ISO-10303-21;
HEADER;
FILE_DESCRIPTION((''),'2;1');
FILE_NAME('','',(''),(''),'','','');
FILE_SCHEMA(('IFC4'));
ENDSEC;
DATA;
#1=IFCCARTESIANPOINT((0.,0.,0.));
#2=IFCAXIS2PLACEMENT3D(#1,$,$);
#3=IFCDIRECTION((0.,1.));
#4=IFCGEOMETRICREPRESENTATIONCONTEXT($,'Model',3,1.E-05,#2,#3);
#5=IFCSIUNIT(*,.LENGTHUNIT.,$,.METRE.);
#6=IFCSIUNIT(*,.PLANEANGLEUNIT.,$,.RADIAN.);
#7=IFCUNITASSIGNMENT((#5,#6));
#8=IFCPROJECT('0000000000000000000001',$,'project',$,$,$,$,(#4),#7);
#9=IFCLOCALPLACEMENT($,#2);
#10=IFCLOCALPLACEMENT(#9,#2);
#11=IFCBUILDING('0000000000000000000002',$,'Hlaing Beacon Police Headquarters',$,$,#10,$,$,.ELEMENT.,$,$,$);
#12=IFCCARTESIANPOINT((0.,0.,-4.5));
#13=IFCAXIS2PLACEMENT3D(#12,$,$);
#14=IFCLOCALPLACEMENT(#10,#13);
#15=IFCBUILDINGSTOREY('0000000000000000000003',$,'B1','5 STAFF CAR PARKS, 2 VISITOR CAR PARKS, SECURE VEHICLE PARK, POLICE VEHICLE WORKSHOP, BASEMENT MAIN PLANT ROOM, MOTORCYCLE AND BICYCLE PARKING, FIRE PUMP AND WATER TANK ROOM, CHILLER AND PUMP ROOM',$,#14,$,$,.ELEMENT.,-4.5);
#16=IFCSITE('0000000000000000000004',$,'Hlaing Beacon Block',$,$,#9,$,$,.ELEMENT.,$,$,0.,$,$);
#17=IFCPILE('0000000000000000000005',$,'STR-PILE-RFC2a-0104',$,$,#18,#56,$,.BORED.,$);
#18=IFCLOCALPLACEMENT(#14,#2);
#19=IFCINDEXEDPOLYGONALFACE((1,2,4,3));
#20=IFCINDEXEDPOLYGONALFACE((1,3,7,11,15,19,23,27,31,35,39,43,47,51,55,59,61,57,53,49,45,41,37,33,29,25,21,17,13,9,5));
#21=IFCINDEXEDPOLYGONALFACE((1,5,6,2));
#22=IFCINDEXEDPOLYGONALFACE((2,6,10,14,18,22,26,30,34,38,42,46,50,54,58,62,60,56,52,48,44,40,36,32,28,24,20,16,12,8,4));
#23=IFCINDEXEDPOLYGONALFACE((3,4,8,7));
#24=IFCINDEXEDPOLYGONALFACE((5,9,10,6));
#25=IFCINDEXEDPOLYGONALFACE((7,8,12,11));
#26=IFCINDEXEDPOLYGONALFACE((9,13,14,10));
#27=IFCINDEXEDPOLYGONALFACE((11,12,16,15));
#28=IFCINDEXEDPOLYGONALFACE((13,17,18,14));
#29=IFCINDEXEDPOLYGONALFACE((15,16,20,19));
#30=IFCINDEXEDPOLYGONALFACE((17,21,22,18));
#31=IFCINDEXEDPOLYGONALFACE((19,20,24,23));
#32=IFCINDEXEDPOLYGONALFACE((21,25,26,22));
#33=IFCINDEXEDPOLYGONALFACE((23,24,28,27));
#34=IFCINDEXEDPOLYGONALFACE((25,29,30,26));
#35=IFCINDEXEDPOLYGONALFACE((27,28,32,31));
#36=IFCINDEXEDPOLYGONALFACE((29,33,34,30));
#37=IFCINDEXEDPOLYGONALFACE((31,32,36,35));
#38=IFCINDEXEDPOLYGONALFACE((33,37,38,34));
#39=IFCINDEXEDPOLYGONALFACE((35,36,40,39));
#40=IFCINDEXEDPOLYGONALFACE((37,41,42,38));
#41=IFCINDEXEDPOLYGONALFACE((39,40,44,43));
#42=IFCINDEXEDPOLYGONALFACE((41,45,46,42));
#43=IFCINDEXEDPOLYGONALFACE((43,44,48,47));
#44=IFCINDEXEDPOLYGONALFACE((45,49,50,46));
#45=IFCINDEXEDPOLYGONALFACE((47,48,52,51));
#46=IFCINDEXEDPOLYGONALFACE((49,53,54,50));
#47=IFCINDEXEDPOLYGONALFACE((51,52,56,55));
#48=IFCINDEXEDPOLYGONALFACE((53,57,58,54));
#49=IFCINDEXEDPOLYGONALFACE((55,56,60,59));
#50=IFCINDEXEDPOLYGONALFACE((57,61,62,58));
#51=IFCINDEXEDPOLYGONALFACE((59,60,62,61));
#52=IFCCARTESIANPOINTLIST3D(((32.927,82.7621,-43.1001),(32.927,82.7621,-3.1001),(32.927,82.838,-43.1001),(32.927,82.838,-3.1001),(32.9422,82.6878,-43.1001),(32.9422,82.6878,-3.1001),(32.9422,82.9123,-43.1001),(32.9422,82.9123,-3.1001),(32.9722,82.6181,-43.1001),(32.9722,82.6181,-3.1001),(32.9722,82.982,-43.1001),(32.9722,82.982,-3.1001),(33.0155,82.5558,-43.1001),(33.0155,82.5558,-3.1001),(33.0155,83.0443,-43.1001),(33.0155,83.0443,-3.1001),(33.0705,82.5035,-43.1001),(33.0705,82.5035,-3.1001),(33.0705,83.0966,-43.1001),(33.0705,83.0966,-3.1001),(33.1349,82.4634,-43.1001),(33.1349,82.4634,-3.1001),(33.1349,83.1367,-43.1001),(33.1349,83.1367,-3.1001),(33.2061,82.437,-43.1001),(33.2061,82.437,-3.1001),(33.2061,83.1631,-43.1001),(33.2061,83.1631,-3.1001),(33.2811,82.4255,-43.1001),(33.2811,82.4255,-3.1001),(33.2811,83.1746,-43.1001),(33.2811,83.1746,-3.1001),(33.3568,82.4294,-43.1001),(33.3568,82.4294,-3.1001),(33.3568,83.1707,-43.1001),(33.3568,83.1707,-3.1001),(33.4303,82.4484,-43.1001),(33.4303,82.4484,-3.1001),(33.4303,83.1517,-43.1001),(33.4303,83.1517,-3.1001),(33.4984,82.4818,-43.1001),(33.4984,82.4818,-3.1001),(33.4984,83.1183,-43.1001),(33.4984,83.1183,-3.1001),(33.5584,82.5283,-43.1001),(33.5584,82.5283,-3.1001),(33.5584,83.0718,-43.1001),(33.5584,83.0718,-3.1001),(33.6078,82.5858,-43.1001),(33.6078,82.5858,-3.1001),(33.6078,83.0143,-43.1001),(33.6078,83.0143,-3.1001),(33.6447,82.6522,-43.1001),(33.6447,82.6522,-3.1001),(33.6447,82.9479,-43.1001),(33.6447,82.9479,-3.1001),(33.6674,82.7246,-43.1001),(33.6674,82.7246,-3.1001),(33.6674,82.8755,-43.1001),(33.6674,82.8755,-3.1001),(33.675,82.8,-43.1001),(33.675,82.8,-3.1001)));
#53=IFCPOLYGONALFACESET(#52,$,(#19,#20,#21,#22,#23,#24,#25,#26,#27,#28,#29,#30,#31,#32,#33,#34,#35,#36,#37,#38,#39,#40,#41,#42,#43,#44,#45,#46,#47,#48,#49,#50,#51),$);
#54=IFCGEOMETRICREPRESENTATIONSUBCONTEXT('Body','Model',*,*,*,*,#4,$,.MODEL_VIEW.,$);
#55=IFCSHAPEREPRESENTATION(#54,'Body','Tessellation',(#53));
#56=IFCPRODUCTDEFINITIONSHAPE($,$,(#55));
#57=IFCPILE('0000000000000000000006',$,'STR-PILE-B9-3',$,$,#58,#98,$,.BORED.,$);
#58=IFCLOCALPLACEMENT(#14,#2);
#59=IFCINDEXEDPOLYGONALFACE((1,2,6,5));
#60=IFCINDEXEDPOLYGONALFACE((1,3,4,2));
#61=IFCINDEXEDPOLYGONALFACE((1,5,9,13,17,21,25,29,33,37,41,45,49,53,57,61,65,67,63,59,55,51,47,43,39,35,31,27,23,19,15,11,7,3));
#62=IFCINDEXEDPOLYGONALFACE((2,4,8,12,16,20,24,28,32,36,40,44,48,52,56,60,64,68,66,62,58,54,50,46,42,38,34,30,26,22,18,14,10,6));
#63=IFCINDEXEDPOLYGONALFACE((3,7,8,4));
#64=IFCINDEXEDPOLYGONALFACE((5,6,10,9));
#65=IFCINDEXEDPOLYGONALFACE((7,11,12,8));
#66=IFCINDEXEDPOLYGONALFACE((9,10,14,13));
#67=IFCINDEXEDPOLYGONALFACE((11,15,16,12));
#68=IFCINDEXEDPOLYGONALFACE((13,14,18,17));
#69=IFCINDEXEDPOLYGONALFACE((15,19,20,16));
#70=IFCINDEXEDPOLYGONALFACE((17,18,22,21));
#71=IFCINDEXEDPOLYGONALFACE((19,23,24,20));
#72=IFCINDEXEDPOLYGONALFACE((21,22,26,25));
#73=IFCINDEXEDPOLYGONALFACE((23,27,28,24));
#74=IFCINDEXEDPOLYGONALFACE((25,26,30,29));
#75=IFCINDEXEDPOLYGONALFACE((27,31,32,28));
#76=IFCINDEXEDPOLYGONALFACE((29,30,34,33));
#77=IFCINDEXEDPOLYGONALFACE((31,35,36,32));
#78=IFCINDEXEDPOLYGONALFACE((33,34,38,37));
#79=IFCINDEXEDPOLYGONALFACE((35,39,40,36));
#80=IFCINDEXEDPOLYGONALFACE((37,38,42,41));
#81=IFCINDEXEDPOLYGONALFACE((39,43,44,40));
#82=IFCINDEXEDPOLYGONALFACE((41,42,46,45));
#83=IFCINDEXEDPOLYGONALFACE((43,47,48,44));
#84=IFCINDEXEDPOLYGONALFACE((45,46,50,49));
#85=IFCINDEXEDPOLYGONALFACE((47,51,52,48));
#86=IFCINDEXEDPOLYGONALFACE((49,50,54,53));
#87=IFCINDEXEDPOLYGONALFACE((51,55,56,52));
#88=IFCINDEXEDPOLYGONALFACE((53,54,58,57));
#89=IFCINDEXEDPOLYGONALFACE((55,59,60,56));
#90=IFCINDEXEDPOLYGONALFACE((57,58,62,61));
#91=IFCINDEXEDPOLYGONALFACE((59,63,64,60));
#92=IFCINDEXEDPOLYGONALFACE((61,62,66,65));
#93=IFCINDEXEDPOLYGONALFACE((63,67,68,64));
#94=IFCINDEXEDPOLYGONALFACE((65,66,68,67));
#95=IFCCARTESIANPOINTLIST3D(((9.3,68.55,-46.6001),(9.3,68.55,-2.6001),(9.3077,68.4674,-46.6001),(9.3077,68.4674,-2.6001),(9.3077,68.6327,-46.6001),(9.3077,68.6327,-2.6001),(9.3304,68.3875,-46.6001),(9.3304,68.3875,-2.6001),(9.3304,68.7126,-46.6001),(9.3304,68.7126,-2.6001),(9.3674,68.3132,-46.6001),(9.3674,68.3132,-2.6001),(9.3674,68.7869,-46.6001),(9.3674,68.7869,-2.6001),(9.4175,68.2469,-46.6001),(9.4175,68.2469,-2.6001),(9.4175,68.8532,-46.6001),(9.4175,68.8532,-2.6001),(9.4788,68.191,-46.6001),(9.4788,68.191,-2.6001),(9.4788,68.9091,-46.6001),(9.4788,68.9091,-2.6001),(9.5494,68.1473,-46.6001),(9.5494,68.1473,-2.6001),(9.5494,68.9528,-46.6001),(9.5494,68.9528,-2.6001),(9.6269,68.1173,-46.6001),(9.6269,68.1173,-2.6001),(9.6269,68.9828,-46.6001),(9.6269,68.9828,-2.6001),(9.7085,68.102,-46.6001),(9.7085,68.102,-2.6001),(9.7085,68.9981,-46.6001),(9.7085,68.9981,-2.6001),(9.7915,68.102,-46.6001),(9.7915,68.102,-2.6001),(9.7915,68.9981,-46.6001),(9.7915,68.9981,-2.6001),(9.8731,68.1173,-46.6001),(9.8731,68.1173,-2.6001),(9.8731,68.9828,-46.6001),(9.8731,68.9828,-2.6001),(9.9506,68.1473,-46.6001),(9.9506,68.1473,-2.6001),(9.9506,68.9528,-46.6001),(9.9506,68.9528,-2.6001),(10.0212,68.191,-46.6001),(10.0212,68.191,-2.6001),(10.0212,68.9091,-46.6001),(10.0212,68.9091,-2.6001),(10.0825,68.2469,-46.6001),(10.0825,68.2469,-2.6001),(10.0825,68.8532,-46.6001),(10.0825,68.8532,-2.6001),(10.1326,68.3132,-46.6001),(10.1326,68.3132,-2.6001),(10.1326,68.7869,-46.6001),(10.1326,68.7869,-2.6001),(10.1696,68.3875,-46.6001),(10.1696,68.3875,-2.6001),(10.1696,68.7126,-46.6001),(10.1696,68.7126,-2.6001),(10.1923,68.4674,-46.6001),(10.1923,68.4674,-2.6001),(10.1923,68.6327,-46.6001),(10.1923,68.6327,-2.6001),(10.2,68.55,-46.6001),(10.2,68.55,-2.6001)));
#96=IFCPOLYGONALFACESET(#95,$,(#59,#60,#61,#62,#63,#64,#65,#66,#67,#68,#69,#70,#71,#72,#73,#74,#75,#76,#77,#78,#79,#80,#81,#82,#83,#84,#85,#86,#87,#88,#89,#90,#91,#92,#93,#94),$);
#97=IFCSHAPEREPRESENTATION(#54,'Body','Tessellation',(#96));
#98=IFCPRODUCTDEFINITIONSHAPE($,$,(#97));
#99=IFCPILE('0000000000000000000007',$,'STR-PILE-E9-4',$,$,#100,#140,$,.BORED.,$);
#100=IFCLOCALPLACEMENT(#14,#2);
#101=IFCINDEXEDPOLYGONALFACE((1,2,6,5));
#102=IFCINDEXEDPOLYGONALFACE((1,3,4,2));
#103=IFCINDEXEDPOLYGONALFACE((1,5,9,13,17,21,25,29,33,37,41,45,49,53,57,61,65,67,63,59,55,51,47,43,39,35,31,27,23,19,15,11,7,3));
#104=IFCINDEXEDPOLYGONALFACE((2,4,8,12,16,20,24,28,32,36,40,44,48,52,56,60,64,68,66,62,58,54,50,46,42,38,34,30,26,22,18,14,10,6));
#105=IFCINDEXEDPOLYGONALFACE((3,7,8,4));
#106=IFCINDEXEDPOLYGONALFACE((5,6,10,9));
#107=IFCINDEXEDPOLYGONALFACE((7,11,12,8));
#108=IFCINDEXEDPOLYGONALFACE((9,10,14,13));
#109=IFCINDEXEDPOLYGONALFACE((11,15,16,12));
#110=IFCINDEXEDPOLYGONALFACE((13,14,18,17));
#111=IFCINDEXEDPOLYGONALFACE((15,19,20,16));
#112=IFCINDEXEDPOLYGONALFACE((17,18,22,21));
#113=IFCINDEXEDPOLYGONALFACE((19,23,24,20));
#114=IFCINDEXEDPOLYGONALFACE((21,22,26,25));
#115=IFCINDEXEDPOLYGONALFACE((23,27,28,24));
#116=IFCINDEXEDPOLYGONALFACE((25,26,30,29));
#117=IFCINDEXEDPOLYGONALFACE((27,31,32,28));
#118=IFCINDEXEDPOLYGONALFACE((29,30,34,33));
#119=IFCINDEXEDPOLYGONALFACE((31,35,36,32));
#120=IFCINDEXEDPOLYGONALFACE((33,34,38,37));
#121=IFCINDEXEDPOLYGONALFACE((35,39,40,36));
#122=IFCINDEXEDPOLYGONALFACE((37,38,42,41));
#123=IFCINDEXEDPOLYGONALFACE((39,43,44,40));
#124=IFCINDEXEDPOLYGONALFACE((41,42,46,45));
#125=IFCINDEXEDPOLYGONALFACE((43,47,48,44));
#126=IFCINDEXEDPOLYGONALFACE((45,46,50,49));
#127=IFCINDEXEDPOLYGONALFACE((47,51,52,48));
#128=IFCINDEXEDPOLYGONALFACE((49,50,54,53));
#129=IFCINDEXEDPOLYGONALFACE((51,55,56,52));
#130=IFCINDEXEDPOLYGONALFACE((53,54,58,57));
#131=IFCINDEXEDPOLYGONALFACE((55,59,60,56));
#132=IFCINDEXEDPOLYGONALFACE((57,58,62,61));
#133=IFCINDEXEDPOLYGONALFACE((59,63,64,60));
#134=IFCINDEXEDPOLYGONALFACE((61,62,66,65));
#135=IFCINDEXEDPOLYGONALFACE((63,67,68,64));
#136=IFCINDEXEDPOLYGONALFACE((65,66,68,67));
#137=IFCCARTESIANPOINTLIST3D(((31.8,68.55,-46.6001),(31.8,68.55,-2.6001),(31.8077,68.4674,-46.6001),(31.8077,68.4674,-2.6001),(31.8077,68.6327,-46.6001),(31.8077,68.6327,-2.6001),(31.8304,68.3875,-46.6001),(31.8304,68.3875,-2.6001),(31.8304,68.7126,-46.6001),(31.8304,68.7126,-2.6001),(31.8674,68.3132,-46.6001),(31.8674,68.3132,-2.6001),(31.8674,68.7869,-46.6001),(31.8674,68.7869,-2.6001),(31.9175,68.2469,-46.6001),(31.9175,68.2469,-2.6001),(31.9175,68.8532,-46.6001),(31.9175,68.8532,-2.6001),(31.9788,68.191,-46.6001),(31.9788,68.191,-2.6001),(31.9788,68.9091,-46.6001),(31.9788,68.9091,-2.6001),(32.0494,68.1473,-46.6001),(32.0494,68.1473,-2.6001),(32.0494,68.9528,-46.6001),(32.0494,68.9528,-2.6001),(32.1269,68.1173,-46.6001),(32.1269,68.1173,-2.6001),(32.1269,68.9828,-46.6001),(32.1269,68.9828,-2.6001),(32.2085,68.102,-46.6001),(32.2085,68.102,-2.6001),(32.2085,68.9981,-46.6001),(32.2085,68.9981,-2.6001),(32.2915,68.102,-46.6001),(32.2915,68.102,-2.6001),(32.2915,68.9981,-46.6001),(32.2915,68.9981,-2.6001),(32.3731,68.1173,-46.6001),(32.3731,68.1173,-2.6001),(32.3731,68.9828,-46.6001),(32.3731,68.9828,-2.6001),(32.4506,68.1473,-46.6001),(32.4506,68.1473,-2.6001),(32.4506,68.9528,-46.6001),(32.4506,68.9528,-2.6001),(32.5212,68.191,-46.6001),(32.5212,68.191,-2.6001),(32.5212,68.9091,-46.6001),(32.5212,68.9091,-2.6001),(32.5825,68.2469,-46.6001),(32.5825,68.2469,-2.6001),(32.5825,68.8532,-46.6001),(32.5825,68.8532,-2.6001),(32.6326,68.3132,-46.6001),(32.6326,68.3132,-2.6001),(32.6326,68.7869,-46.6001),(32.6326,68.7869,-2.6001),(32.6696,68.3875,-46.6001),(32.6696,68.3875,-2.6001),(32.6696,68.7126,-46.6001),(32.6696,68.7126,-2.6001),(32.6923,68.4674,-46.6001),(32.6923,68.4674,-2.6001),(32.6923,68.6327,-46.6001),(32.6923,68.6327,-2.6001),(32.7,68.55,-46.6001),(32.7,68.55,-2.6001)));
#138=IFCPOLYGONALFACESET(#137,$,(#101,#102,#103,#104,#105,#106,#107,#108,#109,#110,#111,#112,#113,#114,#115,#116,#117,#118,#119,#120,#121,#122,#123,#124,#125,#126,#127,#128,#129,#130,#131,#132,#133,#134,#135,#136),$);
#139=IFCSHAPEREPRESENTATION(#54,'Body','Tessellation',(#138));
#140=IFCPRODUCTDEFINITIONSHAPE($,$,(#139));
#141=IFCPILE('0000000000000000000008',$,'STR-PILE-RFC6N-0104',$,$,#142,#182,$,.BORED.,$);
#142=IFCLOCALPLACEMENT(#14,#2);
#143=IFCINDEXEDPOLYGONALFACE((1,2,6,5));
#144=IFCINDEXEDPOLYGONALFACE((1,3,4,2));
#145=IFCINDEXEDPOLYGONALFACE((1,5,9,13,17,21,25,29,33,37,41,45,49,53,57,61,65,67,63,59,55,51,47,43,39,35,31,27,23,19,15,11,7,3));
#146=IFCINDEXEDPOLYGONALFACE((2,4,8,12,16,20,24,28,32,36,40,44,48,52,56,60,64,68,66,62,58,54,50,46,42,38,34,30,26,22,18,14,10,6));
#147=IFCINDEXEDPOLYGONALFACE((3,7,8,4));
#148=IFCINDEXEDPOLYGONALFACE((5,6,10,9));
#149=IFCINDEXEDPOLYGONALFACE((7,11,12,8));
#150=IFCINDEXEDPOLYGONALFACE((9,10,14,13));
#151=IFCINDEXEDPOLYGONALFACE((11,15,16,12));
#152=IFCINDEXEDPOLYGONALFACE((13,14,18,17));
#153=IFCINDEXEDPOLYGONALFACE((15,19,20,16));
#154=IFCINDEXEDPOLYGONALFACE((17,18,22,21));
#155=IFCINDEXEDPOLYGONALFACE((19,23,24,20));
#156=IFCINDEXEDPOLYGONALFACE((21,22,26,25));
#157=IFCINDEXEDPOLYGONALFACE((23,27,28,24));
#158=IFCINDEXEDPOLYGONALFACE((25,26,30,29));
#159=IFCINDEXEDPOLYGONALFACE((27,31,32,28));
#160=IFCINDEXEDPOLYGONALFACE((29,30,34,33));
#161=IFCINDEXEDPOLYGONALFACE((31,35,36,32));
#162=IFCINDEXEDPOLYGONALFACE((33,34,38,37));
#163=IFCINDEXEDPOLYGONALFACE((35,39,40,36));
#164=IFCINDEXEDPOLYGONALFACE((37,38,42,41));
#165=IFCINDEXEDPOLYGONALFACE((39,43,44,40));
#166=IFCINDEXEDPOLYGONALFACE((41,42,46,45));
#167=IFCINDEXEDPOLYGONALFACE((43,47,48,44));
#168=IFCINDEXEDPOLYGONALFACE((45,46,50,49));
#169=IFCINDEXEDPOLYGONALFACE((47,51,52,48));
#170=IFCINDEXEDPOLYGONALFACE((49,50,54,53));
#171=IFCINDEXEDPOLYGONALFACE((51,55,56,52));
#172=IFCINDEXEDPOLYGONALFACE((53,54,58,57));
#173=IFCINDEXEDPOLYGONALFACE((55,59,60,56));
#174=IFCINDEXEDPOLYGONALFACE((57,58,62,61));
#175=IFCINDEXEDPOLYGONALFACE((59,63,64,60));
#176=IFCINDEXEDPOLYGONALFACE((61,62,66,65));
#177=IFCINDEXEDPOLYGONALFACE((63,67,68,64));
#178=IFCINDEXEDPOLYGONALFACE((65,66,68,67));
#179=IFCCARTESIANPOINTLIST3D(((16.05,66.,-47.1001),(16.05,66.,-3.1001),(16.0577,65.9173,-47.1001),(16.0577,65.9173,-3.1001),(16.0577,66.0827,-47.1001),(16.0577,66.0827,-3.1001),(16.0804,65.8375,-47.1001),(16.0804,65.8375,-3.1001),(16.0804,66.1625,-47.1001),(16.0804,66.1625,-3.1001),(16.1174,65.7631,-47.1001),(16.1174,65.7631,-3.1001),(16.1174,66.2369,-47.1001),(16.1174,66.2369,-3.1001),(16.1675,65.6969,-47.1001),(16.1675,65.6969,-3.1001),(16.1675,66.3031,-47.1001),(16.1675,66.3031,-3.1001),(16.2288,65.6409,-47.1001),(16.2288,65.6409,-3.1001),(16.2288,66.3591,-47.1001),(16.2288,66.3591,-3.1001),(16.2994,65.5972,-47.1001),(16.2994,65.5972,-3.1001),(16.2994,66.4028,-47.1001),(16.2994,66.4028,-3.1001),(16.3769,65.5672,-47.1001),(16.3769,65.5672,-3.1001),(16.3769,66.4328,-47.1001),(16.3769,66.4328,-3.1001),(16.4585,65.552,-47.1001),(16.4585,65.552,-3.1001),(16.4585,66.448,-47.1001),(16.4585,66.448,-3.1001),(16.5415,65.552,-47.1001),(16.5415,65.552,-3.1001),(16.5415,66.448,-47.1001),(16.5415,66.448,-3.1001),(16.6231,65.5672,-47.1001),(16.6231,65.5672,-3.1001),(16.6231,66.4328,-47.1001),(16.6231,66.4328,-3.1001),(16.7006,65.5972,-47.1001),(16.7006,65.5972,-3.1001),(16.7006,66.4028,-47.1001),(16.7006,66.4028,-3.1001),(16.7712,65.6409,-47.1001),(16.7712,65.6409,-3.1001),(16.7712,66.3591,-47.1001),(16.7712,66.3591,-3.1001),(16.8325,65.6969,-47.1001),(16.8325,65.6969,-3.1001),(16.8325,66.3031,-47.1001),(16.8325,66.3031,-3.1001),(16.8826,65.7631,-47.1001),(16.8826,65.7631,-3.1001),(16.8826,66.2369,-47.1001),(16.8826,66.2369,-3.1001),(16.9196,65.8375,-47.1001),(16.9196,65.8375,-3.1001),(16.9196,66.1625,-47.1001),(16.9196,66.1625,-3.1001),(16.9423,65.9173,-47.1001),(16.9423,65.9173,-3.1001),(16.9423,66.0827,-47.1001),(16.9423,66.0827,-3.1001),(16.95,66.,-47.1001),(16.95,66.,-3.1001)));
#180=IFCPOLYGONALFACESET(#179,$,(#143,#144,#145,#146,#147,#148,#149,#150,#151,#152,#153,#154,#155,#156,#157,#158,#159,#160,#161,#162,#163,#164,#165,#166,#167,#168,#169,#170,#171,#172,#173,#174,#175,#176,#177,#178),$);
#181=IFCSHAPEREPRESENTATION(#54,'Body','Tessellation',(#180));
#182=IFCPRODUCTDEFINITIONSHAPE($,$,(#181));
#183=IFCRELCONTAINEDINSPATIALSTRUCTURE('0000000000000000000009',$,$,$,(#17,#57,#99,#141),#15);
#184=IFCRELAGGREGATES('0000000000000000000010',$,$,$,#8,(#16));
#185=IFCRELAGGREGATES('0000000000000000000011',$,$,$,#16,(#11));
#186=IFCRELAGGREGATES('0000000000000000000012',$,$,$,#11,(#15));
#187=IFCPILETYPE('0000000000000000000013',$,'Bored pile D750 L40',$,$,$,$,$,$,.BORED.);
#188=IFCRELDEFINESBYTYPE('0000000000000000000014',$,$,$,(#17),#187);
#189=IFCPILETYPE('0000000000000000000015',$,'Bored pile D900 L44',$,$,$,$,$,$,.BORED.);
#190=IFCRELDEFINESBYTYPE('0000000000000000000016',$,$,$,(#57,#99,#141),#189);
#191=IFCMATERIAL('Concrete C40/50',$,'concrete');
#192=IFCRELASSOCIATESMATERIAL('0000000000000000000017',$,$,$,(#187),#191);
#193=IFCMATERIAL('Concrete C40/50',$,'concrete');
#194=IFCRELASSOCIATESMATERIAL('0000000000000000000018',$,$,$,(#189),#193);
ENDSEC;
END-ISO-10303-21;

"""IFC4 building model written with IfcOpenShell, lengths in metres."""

from ifc_helpers import new_model, si_unit, direction, frame, origin, origin_2d, place, context, subcontext, project, spatial, circle, extrude, material, material_profile, profile_set, type_object, element, save


model = new_model("IFC4")

# Units and contexts
model_context = context("Model", 3, precision=1e-05, world=origin(), true_north=direction((0.0, 1.0)))
body_context = subcontext(model_context, "Body", "Model", "MODEL_VIEW")
ifc_project = project(units=[si_unit("LENGTHUNIT", "METRE"), si_unit("PLANEANGLEUNIT", "RADIAN")], contexts=[model_context])

# Site, building, storey
site_placement = place(None, origin())
site = spatial("IfcSite", under=ifc_project, at=site_placement, Name="Hlaing Beacon Block", CompositionType="ELEMENT", RefElevation=0.0)
building_placement = place(site_placement, origin())
building = spatial("IfcBuilding", under=site, at=building_placement, Name="Hlaing Beacon Police Headquarters", CompositionType="ELEMENT")
storey_placement = place(building_placement, frame((0.0, 0.0, -4.5)))
storey = spatial("IfcBuildingStorey", under=building, at=storey_placement, Name="B1", Description="5 STAFF CAR PARKS, 2 VISITOR CAR PARKS, SECURE VEHICLE PARK, POLICE VEHICLE WORKSHOP, BASEMENT MAIN PLANT ROOM, MOTORCYCLE AND BICYCLE PARKING, FIRE PUMP AND WATER TANK ROOM, CHILLER AND PUMP ROOM", CompositionType="ELEMENT", Elevation=-4.5)

# Piles
ifc_material_1 = material(Name="Concrete C40/50", Category="concrete")
ifc_material_profile_1 = material_profile(ifc_material_1, circle(Radius=0.375, at=origin_2d()), Name="D750")
ifc_profile_set_1 = profile_set([ifc_material_profile_1], Name="Concrete C40/50")
pile_type_1 = type_object("IfcPileType", Name="Bored pile D750 L40", PredefinedType="BORED", material=ifc_profile_set_1)
for number, where, z_axis, x_axis, name in (
    (1, (33.3, 82.8, -3.1001), (0.0, 0.0, -1.0), (1.0, 0.0, 0.0), "STR-PILE-RFC2a-0104"),
):
    element("IfcPile", number, at=place(storey_placement, frame(where, z_axis=z_axis, x_axis=x_axis)), inside=storey, type_object=pile_type_1, Name=name, PredefinedType="BORED", context=body_context, shape_type="SweptSolid", body=[
        extrude(circle(Radius=0.375, at=origin_2d()), origin(), (0.0, 0.0, 1.0), 40.0),
    ])
ifc_material_2 = material(Name="Concrete C40/50", Category="concrete")
ifc_material_profile_2 = material_profile(ifc_material_2, circle(Radius=0.45, at=origin_2d()), Name="D900")
ifc_profile_set_2 = profile_set([ifc_material_profile_2], Name="Concrete C40/50")
pile_type_2 = type_object("IfcPileType", Name="Bored pile D900 L44", PredefinedType="BORED", material=ifc_profile_set_2)
for number, where, z_axis, x_axis, name in (
    (2, (9.75, 68.55, -2.6001), (0.0, 0.0, -1.0), (1.0, 0.0, 0.0), "STR-PILE-B9-3"),
    (3, (32.25, 68.55, -2.6001), (0.0, 0.0, -1.0), (1.0, 0.0, 0.0), "STR-PILE-E9-4"),
    (4, (16.5, 66.0, -3.1001), (0.0, 0.0, -1.0), (1.0, 0.0, 0.0), "STR-PILE-RFC6N-0104"),
):
    element("IfcPile", number, at=place(storey_placement, frame(where, z_axis=z_axis, x_axis=x_axis)), inside=storey, type_object=pile_type_2, Name=name, PredefinedType="BORED", context=body_context, shape_type="SweptSolid", body=[
        extrude(circle(Radius=0.45, at=origin_2d()), origin(), (0.0, 0.0, 1.0), 44.0),
    ])

save(model, "model.ifc")
